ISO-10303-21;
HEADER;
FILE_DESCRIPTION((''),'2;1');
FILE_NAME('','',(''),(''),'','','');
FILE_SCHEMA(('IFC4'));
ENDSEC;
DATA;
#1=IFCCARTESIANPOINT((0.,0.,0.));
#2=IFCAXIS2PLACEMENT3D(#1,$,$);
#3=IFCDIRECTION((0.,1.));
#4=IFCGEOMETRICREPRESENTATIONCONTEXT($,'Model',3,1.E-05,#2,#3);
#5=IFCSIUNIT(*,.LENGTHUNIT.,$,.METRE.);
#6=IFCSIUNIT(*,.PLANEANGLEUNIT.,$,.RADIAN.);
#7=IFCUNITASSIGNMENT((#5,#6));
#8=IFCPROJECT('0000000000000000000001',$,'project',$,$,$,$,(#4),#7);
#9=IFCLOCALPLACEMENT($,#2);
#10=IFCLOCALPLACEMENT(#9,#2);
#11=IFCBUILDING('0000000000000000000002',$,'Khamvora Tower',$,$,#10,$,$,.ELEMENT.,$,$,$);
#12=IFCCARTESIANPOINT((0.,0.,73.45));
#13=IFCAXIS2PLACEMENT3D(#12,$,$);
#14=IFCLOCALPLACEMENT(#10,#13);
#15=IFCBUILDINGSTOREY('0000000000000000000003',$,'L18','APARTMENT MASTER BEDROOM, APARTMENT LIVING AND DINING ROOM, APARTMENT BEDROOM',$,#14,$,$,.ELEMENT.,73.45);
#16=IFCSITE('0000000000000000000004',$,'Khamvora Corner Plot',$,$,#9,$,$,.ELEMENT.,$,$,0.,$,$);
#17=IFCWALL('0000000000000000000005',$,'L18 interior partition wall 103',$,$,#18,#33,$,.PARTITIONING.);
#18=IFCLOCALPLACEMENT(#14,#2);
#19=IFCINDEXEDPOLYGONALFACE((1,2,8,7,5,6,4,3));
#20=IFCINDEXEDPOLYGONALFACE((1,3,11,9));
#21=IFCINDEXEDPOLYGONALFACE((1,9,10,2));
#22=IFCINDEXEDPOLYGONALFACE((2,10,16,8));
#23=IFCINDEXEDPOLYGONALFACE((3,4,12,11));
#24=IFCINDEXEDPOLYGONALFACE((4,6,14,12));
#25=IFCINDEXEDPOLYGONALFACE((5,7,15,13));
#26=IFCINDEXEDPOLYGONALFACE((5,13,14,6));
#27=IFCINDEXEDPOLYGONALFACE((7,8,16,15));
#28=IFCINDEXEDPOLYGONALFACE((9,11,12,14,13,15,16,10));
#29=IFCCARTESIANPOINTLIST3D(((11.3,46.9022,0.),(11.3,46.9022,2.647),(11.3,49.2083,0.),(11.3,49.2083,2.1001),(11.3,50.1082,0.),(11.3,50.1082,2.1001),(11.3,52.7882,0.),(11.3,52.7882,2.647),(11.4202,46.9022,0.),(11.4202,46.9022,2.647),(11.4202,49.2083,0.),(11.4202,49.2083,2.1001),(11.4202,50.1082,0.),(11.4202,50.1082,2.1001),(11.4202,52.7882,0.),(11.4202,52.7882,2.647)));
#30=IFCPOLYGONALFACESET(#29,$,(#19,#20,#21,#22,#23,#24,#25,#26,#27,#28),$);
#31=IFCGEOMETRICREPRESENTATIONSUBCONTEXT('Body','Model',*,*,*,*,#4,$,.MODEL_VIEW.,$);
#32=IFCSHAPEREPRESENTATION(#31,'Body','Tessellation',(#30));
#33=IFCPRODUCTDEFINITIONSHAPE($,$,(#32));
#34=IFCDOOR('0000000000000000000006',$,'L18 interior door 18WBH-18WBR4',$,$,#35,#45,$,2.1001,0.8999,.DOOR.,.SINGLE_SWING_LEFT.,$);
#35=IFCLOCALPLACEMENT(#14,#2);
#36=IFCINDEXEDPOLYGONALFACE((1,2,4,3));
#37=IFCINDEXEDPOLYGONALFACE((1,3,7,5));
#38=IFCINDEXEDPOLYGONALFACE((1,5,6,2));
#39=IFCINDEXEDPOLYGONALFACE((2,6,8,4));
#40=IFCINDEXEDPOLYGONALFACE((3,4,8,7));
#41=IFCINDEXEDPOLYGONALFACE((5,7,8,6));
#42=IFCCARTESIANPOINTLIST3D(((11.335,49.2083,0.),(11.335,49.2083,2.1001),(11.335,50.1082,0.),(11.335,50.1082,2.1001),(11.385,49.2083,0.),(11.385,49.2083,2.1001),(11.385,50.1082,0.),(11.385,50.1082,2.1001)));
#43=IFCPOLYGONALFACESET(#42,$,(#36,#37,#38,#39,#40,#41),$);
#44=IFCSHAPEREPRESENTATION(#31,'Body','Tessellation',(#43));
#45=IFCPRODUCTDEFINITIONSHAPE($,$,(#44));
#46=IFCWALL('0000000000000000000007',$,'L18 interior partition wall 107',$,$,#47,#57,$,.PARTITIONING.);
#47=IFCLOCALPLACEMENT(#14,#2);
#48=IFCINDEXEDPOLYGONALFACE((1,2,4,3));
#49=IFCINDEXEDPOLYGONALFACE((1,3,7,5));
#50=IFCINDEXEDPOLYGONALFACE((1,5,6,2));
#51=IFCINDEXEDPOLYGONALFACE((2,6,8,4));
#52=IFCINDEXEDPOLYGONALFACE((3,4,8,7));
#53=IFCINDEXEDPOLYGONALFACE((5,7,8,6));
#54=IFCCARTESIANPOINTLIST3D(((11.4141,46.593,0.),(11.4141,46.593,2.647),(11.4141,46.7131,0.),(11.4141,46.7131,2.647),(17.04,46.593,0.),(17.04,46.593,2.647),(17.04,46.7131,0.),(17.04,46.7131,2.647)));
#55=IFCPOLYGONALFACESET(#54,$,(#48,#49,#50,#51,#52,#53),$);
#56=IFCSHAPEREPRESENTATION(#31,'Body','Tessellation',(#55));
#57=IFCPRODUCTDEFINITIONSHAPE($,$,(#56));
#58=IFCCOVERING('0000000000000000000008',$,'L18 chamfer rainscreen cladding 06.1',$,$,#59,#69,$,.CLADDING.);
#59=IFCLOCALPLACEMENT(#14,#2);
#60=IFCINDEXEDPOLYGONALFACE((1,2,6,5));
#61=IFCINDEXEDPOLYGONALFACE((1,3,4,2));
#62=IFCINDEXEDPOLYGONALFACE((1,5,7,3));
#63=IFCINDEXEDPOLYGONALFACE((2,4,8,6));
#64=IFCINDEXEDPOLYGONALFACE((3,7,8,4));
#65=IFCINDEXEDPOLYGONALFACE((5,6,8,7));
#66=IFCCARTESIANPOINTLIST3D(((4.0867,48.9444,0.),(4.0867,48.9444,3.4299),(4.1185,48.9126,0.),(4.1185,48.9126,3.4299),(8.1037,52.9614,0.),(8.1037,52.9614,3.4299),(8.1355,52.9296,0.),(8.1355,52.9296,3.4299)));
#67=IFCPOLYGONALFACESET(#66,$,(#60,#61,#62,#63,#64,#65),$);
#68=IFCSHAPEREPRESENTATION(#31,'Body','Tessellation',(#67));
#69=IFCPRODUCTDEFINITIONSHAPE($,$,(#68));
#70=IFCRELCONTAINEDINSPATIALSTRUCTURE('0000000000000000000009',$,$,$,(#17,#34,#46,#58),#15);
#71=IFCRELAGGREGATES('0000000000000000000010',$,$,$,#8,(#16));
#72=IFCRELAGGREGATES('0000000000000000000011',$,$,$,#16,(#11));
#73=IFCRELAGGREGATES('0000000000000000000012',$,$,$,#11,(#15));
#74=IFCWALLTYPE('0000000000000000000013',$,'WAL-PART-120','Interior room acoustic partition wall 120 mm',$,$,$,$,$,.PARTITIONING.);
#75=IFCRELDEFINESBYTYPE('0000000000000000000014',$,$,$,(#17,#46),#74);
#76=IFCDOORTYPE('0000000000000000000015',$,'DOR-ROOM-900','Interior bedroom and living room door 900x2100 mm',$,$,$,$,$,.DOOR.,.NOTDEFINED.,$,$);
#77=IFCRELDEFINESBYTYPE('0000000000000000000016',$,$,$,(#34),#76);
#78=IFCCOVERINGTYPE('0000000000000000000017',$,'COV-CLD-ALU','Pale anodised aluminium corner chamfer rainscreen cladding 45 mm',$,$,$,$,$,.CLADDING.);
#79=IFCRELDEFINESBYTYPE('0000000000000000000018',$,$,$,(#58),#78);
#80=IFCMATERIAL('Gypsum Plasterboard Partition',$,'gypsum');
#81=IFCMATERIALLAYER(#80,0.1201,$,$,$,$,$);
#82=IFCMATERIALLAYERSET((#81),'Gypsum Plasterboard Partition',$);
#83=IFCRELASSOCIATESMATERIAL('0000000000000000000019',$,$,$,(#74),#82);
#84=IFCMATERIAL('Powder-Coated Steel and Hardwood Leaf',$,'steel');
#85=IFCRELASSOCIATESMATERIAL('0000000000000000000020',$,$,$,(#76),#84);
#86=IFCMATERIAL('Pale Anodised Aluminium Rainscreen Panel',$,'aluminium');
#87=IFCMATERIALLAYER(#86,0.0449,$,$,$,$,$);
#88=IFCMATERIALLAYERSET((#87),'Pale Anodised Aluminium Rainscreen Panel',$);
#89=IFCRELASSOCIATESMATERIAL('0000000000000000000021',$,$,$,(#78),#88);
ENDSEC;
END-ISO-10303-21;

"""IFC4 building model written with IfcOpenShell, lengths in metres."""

from ifc_helpers import new_model, si_unit, direction, frame, frame_2d, origin, origin_2d, place, context, subcontext, project, spatial, rectangle, extrude, material, layer, layer_set, type_object, element, fill, save


model = new_model("IFC4")

# Units and contexts
model_context = context("Model", 3, precision=1e-05, world=origin(), true_north=direction((0.0, 1.0)))
body_context = subcontext(model_context, "Body", "Model", "MODEL_VIEW")
ifc_project = project(units=[si_unit("LENGTHUNIT", "METRE"), si_unit("PLANEANGLEUNIT", "RADIAN")], contexts=[model_context])

# Site, building, storey
site_placement = place(None, origin())
site = spatial("IfcSite", under=ifc_project, at=site_placement, Name="Khamvora Corner Plot", CompositionType="ELEMENT", RefElevation=0.0)
building_placement = place(site_placement, origin())
building = spatial("IfcBuilding", under=site, at=building_placement, Name="Khamvora Tower", CompositionType="ELEMENT")
storey_placement = place(building_placement, frame((0.0, 0.0, 73.45)))
storey = spatial("IfcBuildingStorey", under=building, at=storey_placement, Name="L18", Description="APARTMENT MASTER BEDROOM, APARTMENT LIVING AND DINING ROOM, APARTMENT BEDROOM", CompositionType="ELEMENT", Elevation=73.45)

# Shared definitions
ifc_material_1 = material(Name="Gypsum Plasterboard Partition", Category="gypsum")
ifc_layer_1 = layer(ifc_material_1, 0.1201)
ifc_layer_set_1 = layer_set([ifc_layer_1], Name="Gypsum Plasterboard Partition")
wall_type_1 = type_object("IfcWallType", Name="WAL-PART-120", Description="Interior room acoustic partition wall 120 mm", PredefinedType="PARTITIONING", material=ifc_layer_set_1)
ifc_material_2 = material(Name="Powder-Coated Steel and Hardwood Leaf", Category="steel")
door_type = type_object("IfcDoorType", Name="DOR-ROOM-900", Description="Interior bedroom and living room door 900x2100 mm", OperationType="NOTDEFINED", PredefinedType="DOOR", material=ifc_material_2)

# Wall, opening, door
wall_1_placement = place(storey_placement, frame((11.3601, 52.7881, 0.0), z_axis=(0.0, 0.0, 1.0), x_axis=(0.0, -1.0, 0.0)))
wall_1 = element("IfcWall", 1, at=wall_1_placement, inside=storey, type_object=wall_type_1, Name="L18 interior partition wall 103", PredefinedType="PARTITIONING", context=body_context, shape_type="SweptSolid", body=[
    extrude(rectangle(XDim=5.886, YDim=0.1201, at=frame_2d((2.9429, 0.0))), origin(), (0.0, 0.0, 1.0), 2.647),
])
opening_1_placement = place(wall_1_placement, frame((2.6799, 0.0, 0.0)))
opening_1 = element("IfcOpeningElement", 2, at=opening_1_placement, cuts=wall_1, PredefinedType="OPENING", context=body_context, shape_type="SweptSolid", body=[
    extrude(rectangle(XDim=0.8999, YDim=2.1001, at=frame_2d((0.45, 1.05))), frame((0.0, 0.0701, 0.0), z_axis=(0.0, -1.0, 0.0), x_axis=(1.0, 0.0, 0.0)), (0.0, 0.0, 1.0), 0.1401),
])
door_1_placement = place(opening_1_placement, origin())
door_1 = element("IfcDoor", 3, at=door_1_placement, inside=storey, type_object=door_type, Name="L18 interior door 18WBH-18WBR4", OperationType="SINGLE_SWING_LEFT", OverallHeight=2.1001, OverallWidth=0.8999, PredefinedType="DOOR", context=body_context, shape_type="SweptSolid", body=[
    extrude(rectangle(XDim=0.8999, YDim=2.1001, at=frame_2d((0.45, 1.05))), frame((0.0, 0.0249, 0.0), z_axis=(0.0, -1.0, 0.0), x_axis=(1.0, 0.0, 0.0)), (0.0, 0.0, 1.0), 0.05),
])
fill(opening_1, door_1)

# Wall
wall_2_placement = place(storey_placement, frame((11.4141, 46.6531, 0.0), z_axis=(0.0, 0.0, 1.0), x_axis=(1.0, 0.0, 0.0)))
element("IfcWall", 4, at=wall_2_placement, inside=storey, type_object=wall_type_1, Name="L18 interior partition wall 107", PredefinedType="PARTITIONING", context=body_context, shape_type="SweptSolid", body=[
    extrude(rectangle(XDim=5.626, YDim=0.1201, at=frame_2d((2.813, 0.0))), origin(), (0.0, 0.0, 1.0), 2.647),
])

# Covering
ifc_material_3 = material(Name="Pale Anodised Aluminium Rainscreen Panel", Category="aluminium")
ifc_layer_2 = layer(ifc_material_3, 0.0449)
ifc_layer_set_2 = layer_set([ifc_layer_2], Name="Pale Anodised Aluminium Rainscreen Panel")
covering_type = type_object("IfcCoveringType", Name="COV-CLD-ALU", Description="Pale anodised aluminium corner chamfer rainscreen cladding 45 mm", PredefinedType="CLADDING", material=ifc_layer_set_2)
covering_placement = place(storey_placement, frame((6.1111, 50.937, 0.0), z_axis=(0.0, 0.0, 1.0), x_axis=(0.707107, 0.707107, 0.0)))
element("IfcCovering", 5, at=covering_placement, inside=storey, type_object=covering_type, Name="L18 chamfer rainscreen cladding 06.1", PredefinedType="CLADDING", context=body_context, shape_type="SweptSolid", body=[
    extrude(rectangle(XDim=5.6809, YDim=0.0449, at=origin_2d()), origin(), (0.0, 0.0, 1.0), 3.4299),
])

save(model, "model.ifc")
